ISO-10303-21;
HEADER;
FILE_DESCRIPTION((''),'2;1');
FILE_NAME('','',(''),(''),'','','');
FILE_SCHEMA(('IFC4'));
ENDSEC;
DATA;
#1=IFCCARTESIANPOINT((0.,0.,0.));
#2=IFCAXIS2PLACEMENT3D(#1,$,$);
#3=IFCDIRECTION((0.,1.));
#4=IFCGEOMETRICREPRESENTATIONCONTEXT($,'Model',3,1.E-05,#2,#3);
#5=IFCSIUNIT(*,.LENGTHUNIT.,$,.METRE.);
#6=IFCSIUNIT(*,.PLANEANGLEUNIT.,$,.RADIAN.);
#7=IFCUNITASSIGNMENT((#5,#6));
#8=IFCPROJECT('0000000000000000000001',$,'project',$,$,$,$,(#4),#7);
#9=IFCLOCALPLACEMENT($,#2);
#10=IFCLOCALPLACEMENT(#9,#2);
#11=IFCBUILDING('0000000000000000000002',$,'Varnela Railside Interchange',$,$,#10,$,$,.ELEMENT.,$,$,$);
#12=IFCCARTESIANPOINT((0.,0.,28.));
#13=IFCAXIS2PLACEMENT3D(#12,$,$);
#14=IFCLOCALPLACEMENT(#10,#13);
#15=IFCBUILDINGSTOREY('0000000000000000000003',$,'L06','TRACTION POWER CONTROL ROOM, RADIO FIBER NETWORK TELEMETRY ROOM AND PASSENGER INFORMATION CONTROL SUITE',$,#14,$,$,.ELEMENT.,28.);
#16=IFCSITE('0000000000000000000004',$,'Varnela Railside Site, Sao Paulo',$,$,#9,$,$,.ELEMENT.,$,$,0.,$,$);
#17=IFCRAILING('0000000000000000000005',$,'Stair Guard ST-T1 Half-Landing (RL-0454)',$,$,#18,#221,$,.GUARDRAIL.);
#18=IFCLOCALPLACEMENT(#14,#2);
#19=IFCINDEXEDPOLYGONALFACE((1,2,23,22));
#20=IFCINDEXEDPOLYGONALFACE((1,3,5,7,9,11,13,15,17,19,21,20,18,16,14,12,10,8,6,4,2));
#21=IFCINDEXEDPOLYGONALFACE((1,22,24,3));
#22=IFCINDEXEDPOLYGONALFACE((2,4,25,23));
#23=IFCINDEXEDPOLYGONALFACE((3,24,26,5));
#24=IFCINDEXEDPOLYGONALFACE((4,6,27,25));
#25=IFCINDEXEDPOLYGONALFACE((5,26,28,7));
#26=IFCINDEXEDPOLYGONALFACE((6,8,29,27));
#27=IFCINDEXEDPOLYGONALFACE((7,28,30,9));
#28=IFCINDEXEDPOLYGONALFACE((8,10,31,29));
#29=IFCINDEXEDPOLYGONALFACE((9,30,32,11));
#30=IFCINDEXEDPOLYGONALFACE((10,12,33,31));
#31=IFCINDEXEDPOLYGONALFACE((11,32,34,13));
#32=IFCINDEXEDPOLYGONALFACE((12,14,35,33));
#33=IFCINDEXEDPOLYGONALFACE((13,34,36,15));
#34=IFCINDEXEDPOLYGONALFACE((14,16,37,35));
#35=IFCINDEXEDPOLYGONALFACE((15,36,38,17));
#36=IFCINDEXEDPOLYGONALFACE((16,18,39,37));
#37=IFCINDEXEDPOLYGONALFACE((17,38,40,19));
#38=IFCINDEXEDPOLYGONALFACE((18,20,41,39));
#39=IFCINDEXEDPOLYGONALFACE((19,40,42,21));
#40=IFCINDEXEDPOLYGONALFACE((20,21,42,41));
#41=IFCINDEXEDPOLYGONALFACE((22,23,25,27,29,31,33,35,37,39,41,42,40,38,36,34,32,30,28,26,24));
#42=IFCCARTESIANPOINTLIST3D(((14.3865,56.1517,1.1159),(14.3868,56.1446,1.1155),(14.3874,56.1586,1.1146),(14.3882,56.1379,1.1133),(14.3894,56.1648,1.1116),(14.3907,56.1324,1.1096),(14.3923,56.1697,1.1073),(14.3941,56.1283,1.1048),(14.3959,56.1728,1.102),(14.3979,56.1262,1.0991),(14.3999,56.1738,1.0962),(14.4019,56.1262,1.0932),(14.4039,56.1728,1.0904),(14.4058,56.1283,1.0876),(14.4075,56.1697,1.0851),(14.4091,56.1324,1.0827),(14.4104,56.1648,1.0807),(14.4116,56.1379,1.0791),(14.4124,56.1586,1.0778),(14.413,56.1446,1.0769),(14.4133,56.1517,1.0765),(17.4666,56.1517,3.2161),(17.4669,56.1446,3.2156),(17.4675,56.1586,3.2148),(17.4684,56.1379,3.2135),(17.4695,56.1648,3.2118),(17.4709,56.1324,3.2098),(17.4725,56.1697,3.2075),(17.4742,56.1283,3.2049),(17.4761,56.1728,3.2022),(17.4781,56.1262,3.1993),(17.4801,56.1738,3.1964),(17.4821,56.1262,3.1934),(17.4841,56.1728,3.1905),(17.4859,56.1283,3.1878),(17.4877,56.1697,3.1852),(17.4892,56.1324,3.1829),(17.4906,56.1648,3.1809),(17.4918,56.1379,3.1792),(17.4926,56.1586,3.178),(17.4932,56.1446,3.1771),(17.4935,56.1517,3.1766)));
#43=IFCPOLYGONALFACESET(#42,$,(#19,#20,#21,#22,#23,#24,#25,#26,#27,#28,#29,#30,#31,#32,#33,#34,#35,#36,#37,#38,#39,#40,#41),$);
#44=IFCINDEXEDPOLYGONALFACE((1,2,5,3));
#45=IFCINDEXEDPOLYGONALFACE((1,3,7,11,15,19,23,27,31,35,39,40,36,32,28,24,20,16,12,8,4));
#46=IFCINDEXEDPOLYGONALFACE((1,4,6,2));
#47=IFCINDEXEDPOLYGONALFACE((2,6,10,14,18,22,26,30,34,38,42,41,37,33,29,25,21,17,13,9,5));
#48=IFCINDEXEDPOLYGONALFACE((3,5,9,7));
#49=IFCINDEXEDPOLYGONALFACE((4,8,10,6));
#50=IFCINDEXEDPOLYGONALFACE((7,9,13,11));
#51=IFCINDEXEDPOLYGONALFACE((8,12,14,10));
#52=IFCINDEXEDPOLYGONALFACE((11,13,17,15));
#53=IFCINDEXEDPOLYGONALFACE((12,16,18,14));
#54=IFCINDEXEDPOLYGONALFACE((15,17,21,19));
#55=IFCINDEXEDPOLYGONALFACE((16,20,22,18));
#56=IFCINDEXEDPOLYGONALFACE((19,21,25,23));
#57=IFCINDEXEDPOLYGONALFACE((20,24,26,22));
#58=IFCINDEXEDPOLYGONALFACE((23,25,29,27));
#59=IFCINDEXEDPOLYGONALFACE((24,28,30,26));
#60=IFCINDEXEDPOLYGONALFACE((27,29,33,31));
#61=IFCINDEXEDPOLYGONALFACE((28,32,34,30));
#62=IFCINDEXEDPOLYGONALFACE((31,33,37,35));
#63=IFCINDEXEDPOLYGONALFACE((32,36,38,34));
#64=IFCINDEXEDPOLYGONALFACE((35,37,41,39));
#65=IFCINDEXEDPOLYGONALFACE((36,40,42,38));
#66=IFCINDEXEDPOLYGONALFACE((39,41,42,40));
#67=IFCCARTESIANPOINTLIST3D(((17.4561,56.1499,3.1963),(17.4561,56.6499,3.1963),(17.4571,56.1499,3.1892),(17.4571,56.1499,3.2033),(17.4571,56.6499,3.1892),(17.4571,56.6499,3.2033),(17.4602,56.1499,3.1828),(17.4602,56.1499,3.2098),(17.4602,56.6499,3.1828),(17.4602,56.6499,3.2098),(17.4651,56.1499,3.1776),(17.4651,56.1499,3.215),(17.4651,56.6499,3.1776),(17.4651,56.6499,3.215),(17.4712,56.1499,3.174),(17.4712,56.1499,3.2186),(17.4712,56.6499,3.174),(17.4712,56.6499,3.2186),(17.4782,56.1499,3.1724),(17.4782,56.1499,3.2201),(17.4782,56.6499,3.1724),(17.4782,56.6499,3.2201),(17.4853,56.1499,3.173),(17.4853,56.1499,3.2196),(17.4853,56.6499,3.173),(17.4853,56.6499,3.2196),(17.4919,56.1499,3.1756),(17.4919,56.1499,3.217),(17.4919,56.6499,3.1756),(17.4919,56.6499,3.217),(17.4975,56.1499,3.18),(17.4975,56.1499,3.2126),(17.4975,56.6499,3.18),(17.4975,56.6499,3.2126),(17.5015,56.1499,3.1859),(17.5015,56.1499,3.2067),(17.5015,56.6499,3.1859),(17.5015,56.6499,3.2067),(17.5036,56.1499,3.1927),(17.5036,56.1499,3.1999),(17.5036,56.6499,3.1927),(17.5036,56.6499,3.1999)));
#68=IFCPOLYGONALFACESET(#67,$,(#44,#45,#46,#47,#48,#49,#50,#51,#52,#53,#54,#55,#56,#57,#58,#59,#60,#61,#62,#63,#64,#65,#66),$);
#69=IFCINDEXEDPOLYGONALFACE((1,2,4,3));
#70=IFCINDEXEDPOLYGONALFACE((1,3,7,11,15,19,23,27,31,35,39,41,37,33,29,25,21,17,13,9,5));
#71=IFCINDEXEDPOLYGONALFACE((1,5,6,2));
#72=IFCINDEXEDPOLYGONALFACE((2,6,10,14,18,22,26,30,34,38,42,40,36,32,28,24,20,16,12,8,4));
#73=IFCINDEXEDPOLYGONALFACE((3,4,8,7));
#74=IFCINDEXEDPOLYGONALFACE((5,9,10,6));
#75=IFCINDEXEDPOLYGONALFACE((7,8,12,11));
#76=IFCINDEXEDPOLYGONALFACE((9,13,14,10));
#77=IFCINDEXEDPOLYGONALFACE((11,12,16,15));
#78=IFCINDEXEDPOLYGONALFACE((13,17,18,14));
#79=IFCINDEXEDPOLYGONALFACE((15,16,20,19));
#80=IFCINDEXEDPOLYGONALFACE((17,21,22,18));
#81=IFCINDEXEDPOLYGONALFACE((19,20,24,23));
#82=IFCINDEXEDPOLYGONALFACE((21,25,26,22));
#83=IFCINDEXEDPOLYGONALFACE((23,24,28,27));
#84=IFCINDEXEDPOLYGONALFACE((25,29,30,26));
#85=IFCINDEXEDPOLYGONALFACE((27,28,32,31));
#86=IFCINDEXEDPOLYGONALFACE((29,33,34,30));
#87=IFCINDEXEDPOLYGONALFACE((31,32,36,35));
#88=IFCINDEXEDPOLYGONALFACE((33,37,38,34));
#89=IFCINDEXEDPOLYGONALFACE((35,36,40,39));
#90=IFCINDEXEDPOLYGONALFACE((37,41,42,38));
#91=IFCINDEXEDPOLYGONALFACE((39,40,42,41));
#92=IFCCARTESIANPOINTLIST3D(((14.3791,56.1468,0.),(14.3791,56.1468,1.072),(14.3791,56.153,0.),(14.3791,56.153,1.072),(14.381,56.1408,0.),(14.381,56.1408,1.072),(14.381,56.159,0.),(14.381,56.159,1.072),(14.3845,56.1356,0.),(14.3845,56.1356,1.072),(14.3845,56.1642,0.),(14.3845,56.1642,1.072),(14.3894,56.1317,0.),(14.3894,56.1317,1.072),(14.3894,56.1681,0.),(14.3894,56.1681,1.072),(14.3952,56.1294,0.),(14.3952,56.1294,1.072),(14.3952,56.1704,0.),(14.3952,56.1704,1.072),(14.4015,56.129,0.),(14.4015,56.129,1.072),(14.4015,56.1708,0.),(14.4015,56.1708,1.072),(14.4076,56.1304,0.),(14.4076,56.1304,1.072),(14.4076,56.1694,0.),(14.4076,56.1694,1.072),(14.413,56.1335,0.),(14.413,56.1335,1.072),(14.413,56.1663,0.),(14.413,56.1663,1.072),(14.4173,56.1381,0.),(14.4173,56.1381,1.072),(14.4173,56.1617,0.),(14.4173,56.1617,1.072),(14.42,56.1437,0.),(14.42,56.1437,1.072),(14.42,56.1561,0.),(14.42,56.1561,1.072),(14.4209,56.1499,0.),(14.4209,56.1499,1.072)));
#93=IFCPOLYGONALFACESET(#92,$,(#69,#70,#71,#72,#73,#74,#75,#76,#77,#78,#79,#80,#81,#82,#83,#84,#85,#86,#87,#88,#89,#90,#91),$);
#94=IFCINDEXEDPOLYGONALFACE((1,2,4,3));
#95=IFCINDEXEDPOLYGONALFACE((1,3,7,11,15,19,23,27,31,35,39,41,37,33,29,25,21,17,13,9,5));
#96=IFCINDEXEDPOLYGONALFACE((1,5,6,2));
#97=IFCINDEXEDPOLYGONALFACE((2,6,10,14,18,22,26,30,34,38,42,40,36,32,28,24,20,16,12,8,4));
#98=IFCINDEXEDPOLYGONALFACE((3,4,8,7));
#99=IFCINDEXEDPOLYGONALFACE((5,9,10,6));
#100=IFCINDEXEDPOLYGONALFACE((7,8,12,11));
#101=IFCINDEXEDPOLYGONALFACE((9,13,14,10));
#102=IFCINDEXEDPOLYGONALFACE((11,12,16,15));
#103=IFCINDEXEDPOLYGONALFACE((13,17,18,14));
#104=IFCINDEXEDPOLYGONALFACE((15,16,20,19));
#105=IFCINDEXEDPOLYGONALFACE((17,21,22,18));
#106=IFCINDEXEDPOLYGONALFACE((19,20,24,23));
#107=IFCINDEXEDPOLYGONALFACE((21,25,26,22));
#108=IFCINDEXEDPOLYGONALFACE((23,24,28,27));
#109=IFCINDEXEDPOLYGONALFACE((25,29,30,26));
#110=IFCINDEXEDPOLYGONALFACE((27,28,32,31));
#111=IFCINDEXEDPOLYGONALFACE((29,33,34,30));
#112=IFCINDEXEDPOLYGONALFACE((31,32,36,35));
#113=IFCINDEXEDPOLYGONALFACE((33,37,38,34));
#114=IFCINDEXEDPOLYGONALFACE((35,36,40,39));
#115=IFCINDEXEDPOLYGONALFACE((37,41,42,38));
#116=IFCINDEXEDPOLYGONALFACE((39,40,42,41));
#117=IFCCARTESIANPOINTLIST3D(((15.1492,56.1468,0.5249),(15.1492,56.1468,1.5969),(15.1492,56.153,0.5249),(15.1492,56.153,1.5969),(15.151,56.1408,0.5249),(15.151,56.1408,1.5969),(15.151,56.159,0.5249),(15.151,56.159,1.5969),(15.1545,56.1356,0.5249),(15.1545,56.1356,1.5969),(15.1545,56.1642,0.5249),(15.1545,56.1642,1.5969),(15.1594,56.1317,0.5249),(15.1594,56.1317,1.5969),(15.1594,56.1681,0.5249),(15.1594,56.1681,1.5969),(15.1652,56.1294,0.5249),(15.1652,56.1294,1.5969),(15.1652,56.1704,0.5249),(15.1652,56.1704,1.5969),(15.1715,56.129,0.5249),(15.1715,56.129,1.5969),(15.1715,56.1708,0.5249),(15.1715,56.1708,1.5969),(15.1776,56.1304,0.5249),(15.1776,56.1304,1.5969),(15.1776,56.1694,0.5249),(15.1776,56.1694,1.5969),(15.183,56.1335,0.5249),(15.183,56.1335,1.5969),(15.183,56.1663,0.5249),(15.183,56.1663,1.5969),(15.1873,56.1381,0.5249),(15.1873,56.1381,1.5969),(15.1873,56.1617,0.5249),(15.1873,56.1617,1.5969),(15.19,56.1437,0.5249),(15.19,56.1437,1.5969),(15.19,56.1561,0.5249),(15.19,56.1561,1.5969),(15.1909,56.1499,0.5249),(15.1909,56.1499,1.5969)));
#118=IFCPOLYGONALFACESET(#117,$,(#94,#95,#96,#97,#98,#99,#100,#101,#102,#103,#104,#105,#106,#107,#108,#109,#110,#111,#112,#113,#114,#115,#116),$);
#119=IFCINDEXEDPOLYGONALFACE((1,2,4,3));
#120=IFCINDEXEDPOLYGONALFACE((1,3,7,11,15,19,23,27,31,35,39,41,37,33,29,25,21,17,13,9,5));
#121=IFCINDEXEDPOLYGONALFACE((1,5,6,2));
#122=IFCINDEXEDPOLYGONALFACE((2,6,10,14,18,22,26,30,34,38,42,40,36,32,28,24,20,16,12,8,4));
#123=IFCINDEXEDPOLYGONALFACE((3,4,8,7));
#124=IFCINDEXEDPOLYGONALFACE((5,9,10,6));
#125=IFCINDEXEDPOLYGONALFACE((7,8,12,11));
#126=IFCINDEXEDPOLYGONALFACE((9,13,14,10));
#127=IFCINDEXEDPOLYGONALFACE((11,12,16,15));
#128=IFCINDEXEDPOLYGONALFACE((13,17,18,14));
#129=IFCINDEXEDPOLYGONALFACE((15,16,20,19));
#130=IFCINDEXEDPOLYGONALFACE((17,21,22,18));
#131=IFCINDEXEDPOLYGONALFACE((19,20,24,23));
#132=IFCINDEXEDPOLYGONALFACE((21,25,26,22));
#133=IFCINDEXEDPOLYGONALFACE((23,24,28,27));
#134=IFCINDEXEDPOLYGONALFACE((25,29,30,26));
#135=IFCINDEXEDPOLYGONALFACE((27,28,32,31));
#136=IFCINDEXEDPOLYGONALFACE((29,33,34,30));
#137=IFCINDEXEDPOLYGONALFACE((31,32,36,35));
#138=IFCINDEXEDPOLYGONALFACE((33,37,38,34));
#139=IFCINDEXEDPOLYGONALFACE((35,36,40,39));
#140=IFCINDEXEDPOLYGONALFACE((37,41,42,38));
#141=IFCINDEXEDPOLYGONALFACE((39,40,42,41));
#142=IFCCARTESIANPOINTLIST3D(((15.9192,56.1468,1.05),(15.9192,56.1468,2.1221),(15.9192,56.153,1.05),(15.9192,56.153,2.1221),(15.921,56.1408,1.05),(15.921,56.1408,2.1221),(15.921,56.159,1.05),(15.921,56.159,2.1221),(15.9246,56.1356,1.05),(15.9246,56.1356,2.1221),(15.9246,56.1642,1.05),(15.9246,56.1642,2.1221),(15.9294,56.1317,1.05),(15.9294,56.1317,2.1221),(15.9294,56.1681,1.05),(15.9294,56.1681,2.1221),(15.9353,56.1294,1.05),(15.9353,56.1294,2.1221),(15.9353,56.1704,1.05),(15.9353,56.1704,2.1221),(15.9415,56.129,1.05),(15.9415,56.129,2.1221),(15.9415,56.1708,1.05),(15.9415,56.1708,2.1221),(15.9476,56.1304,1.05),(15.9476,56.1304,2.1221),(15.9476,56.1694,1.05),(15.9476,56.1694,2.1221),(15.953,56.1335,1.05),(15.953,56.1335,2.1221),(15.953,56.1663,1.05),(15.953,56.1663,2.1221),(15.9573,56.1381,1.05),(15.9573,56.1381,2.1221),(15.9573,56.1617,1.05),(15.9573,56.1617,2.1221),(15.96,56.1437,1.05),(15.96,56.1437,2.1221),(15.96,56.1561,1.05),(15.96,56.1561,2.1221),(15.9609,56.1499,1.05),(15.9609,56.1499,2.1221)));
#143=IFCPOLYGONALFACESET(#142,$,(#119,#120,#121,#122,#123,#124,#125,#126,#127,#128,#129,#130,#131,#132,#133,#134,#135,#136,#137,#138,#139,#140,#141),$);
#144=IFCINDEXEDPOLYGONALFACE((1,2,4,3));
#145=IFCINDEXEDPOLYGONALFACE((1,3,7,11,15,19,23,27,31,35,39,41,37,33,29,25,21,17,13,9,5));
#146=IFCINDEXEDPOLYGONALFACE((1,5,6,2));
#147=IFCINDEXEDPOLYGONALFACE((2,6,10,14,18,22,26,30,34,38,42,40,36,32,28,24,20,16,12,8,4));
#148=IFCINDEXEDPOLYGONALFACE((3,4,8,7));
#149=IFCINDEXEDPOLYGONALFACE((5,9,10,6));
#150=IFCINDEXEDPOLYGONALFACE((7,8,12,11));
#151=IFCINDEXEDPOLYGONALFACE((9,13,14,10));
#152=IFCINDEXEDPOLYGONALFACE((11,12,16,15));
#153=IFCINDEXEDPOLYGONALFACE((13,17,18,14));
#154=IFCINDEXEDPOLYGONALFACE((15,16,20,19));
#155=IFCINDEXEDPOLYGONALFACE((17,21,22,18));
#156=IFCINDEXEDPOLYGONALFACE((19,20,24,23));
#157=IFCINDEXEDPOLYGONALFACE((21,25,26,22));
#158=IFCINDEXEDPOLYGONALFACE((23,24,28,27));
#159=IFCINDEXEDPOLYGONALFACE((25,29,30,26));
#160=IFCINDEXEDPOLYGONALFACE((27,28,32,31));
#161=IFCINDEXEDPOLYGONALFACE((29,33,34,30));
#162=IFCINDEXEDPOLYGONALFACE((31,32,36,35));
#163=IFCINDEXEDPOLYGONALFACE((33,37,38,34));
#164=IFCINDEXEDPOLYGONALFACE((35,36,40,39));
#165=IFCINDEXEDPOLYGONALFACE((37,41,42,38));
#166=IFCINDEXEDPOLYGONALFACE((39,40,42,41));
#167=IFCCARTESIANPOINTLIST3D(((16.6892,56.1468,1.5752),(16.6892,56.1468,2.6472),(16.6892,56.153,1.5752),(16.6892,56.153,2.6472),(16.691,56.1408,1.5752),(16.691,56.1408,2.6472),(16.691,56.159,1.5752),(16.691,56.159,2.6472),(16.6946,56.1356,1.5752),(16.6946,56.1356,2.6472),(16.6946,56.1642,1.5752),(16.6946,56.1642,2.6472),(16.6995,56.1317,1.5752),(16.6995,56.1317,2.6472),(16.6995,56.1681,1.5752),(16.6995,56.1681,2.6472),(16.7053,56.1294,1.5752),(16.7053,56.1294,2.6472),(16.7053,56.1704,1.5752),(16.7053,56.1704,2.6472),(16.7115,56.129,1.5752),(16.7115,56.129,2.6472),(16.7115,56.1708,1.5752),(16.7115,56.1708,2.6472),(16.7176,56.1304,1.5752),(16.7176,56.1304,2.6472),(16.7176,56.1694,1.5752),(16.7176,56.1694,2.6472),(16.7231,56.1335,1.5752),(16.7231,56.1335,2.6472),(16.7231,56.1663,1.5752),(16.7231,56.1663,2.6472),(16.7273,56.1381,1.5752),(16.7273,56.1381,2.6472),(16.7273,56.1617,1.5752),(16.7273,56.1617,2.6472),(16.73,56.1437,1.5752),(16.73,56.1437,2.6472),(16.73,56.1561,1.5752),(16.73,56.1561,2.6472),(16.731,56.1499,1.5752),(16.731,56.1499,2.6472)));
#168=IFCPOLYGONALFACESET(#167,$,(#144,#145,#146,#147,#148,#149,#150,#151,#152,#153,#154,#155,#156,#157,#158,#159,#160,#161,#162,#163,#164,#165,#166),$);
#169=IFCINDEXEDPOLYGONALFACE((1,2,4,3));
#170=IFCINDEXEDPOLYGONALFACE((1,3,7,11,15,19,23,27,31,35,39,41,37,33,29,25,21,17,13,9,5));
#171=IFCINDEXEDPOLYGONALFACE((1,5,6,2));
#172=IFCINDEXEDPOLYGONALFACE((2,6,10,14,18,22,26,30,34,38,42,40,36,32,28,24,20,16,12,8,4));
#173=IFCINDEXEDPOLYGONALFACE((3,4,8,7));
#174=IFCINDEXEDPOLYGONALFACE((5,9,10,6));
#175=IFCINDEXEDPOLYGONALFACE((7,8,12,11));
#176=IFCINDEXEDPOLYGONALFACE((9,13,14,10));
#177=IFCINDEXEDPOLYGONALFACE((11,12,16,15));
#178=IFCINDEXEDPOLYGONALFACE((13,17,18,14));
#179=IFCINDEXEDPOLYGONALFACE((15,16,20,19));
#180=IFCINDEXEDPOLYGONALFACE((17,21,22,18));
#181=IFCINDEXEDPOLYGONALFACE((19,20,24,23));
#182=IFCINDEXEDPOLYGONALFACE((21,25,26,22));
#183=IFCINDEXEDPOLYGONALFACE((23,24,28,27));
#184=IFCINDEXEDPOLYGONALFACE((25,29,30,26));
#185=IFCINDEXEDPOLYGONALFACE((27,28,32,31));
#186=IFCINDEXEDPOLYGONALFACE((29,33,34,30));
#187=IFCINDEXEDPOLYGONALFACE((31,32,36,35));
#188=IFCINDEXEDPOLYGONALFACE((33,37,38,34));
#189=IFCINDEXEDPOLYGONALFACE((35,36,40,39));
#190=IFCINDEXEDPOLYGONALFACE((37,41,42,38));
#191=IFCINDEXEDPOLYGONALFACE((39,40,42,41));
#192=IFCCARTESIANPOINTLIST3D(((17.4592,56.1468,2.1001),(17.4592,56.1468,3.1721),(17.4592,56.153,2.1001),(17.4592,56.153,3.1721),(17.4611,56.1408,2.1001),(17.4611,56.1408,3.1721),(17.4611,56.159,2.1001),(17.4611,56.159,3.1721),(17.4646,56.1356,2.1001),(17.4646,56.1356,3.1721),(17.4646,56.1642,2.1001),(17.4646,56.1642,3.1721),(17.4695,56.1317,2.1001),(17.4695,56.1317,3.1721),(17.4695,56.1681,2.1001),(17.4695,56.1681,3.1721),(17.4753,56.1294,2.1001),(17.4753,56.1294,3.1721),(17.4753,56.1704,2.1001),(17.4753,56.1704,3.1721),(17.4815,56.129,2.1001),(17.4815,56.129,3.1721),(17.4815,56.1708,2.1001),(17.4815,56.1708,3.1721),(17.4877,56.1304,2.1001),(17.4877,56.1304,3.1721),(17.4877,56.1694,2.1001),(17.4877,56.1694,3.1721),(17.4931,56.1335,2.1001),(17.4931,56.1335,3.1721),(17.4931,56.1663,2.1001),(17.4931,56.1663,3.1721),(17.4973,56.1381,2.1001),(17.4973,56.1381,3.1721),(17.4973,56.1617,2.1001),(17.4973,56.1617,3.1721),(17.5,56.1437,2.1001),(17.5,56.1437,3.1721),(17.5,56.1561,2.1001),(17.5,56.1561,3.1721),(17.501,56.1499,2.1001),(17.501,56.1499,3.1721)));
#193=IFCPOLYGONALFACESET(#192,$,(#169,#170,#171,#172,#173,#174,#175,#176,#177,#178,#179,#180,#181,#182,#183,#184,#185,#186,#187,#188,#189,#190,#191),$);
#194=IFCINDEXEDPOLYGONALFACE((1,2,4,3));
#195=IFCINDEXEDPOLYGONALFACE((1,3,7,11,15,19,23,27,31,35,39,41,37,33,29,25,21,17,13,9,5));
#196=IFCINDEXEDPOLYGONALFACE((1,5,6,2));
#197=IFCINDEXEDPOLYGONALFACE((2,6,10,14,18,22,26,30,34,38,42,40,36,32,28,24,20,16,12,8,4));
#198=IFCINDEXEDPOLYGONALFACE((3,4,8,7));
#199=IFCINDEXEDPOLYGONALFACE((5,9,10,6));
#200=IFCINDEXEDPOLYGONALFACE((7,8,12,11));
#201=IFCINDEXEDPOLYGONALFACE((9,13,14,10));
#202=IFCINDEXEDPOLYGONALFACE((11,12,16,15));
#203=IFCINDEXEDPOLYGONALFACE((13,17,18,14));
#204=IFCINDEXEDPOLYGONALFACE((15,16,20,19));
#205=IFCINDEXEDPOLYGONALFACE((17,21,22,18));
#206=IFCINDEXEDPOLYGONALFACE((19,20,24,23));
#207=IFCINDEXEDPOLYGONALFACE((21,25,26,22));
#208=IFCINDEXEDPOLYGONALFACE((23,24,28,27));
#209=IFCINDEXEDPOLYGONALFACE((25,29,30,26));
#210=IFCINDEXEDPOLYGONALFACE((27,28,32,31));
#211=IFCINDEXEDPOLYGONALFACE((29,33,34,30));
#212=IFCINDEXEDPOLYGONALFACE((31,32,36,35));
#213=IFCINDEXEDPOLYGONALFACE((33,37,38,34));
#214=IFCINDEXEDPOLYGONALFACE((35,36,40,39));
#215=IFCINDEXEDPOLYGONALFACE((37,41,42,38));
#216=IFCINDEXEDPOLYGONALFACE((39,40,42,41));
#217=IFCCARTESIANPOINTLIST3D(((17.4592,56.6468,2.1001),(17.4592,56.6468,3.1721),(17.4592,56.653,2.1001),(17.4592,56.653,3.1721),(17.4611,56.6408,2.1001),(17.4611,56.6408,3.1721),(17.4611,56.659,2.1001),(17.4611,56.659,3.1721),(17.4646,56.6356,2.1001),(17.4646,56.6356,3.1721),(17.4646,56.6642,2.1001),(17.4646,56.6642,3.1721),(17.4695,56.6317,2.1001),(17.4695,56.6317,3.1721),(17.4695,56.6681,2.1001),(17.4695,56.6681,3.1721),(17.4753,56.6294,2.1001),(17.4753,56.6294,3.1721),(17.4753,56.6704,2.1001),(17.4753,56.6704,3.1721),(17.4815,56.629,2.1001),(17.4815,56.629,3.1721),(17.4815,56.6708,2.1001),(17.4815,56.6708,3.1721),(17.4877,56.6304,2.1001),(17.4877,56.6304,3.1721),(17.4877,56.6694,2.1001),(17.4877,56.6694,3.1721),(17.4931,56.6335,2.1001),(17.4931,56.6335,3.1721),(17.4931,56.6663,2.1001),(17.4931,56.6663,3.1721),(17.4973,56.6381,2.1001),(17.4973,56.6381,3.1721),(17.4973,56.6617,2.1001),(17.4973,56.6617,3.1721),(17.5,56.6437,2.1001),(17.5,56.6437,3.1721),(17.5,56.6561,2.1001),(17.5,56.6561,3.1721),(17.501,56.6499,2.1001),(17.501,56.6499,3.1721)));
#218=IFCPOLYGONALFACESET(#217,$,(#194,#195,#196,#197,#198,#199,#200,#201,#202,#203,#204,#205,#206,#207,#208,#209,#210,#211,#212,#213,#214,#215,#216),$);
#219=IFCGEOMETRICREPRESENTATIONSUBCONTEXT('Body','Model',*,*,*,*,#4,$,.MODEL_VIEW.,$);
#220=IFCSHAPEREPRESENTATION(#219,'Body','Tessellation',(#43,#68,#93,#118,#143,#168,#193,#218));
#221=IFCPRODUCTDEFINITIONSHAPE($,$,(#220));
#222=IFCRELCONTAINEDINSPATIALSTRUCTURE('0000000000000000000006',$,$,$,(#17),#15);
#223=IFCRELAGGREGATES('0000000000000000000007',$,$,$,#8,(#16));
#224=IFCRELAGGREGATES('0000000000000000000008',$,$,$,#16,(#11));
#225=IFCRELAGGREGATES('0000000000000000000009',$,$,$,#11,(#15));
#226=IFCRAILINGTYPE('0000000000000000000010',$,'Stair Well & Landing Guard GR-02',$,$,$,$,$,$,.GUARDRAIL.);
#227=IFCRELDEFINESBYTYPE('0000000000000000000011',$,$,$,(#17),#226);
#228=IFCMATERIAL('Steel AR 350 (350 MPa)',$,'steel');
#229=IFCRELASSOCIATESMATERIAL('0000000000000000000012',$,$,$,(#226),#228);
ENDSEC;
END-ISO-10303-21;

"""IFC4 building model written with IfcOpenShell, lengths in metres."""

from ifc_helpers import new_model, si_unit, direction, frame, origin, origin_2d, place, context, subcontext, project, spatial, circle, extrude, material, type_object, element, save


model = new_model("IFC4")

# Units and contexts
model_context = context("Model", 3, precision=1e-05, world=origin(), true_north=direction((0.0, 1.0)))
body_context = subcontext(model_context, "Body", "Model", "MODEL_VIEW")
ifc_project = project(units=[si_unit("LENGTHUNIT", "METRE"), si_unit("PLANEANGLEUNIT", "RADIAN")], contexts=[model_context])

# Site, building, storey
site_placement = place(None, origin())
site = spatial("IfcSite", under=ifc_project, at=site_placement, Name="Varnela Railside Site, Sao Paulo", CompositionType="ELEMENT", RefElevation=0.0)
building_placement = place(site_placement, origin())
building = spatial("IfcBuilding", under=site, at=building_placement, Name="Varnela Railside Interchange", CompositionType="ELEMENT")
storey_placement = place(building_placement, frame((0.0, 0.0, 28.0)))
storey = spatial("IfcBuildingStorey", under=building, at=storey_placement, Name="L06", Description="TRACTION POWER CONTROL ROOM, RADIO FIBER NETWORK TELEMETRY ROOM AND PASSENGER INFORMATION CONTROL SUITE", CompositionType="ELEMENT", Elevation=28.0)

# Shared definitions
ifc_material_1 = material(Name="Steel AR 350 (350 MPa)", Category="steel")

# Railing
railing_type_1 = type_object("IfcRailingType", Name="Stair Well & Landing Guard GR-02", PredefinedType="GUARDRAIL", material=ifc_material_1)
railing_1_placement = place(storey_placement, frame((14.3999, 56.1499, 0.0)))
element("IfcRailing", 1, at=railing_1_placement, inside=storey, type_object=railing_type_1, Name="Stair Guard ST-T1 Half-Landing (RL-0454)", PredefinedType="GUARDRAIL", context=body_context, shape_type="SweptSolid", body=[
    extrude(circle(Radius=0.0239, at=origin_2d()), frame((0.0, 0.0, 1.0962), z_axis=(0.826222, 0.0, 0.563345), x_axis=(0.0, 1.0, 0.0)), (0.0, 0.0, 1.0), 3.728),
    extrude(circle(Radius=0.0239, at=origin_2d()), frame((3.0801, 0.0, 3.1963), z_axis=(0.0, 1.0, 0.0), x_axis=(-1.0, 0.0, 0.0)), (0.0, 0.0, 1.0), 0.5),
    extrude(circle(Radius=0.021, at=origin_2d()), origin(), (0.0, 0.0, 1.0), 1.072),
    extrude(circle(Radius=0.021, at=origin_2d()), frame((0.77, 0.0, 0.5249)), (0.0, 0.0, 1.0), 1.072),
    extrude(circle(Radius=0.021, at=origin_2d()), frame((1.54, 0.0, 1.05)), (0.0, 0.0, 1.0), 1.072),
    extrude(circle(Radius=0.021, at=origin_2d()), frame((2.3101, 0.0, 1.5752)), (0.0, 0.0, 1.0), 1.072),
    extrude(circle(Radius=0.021, at=origin_2d()), frame((3.0801, 0.0, 2.1001)), (0.0, 0.0, 1.0), 1.072),
    extrude(circle(Radius=0.021, at=origin_2d()), frame((3.0801, 0.5, 2.1001)), (0.0, 0.0, 1.0), 1.072),
])

save(model, "model.ifc")
